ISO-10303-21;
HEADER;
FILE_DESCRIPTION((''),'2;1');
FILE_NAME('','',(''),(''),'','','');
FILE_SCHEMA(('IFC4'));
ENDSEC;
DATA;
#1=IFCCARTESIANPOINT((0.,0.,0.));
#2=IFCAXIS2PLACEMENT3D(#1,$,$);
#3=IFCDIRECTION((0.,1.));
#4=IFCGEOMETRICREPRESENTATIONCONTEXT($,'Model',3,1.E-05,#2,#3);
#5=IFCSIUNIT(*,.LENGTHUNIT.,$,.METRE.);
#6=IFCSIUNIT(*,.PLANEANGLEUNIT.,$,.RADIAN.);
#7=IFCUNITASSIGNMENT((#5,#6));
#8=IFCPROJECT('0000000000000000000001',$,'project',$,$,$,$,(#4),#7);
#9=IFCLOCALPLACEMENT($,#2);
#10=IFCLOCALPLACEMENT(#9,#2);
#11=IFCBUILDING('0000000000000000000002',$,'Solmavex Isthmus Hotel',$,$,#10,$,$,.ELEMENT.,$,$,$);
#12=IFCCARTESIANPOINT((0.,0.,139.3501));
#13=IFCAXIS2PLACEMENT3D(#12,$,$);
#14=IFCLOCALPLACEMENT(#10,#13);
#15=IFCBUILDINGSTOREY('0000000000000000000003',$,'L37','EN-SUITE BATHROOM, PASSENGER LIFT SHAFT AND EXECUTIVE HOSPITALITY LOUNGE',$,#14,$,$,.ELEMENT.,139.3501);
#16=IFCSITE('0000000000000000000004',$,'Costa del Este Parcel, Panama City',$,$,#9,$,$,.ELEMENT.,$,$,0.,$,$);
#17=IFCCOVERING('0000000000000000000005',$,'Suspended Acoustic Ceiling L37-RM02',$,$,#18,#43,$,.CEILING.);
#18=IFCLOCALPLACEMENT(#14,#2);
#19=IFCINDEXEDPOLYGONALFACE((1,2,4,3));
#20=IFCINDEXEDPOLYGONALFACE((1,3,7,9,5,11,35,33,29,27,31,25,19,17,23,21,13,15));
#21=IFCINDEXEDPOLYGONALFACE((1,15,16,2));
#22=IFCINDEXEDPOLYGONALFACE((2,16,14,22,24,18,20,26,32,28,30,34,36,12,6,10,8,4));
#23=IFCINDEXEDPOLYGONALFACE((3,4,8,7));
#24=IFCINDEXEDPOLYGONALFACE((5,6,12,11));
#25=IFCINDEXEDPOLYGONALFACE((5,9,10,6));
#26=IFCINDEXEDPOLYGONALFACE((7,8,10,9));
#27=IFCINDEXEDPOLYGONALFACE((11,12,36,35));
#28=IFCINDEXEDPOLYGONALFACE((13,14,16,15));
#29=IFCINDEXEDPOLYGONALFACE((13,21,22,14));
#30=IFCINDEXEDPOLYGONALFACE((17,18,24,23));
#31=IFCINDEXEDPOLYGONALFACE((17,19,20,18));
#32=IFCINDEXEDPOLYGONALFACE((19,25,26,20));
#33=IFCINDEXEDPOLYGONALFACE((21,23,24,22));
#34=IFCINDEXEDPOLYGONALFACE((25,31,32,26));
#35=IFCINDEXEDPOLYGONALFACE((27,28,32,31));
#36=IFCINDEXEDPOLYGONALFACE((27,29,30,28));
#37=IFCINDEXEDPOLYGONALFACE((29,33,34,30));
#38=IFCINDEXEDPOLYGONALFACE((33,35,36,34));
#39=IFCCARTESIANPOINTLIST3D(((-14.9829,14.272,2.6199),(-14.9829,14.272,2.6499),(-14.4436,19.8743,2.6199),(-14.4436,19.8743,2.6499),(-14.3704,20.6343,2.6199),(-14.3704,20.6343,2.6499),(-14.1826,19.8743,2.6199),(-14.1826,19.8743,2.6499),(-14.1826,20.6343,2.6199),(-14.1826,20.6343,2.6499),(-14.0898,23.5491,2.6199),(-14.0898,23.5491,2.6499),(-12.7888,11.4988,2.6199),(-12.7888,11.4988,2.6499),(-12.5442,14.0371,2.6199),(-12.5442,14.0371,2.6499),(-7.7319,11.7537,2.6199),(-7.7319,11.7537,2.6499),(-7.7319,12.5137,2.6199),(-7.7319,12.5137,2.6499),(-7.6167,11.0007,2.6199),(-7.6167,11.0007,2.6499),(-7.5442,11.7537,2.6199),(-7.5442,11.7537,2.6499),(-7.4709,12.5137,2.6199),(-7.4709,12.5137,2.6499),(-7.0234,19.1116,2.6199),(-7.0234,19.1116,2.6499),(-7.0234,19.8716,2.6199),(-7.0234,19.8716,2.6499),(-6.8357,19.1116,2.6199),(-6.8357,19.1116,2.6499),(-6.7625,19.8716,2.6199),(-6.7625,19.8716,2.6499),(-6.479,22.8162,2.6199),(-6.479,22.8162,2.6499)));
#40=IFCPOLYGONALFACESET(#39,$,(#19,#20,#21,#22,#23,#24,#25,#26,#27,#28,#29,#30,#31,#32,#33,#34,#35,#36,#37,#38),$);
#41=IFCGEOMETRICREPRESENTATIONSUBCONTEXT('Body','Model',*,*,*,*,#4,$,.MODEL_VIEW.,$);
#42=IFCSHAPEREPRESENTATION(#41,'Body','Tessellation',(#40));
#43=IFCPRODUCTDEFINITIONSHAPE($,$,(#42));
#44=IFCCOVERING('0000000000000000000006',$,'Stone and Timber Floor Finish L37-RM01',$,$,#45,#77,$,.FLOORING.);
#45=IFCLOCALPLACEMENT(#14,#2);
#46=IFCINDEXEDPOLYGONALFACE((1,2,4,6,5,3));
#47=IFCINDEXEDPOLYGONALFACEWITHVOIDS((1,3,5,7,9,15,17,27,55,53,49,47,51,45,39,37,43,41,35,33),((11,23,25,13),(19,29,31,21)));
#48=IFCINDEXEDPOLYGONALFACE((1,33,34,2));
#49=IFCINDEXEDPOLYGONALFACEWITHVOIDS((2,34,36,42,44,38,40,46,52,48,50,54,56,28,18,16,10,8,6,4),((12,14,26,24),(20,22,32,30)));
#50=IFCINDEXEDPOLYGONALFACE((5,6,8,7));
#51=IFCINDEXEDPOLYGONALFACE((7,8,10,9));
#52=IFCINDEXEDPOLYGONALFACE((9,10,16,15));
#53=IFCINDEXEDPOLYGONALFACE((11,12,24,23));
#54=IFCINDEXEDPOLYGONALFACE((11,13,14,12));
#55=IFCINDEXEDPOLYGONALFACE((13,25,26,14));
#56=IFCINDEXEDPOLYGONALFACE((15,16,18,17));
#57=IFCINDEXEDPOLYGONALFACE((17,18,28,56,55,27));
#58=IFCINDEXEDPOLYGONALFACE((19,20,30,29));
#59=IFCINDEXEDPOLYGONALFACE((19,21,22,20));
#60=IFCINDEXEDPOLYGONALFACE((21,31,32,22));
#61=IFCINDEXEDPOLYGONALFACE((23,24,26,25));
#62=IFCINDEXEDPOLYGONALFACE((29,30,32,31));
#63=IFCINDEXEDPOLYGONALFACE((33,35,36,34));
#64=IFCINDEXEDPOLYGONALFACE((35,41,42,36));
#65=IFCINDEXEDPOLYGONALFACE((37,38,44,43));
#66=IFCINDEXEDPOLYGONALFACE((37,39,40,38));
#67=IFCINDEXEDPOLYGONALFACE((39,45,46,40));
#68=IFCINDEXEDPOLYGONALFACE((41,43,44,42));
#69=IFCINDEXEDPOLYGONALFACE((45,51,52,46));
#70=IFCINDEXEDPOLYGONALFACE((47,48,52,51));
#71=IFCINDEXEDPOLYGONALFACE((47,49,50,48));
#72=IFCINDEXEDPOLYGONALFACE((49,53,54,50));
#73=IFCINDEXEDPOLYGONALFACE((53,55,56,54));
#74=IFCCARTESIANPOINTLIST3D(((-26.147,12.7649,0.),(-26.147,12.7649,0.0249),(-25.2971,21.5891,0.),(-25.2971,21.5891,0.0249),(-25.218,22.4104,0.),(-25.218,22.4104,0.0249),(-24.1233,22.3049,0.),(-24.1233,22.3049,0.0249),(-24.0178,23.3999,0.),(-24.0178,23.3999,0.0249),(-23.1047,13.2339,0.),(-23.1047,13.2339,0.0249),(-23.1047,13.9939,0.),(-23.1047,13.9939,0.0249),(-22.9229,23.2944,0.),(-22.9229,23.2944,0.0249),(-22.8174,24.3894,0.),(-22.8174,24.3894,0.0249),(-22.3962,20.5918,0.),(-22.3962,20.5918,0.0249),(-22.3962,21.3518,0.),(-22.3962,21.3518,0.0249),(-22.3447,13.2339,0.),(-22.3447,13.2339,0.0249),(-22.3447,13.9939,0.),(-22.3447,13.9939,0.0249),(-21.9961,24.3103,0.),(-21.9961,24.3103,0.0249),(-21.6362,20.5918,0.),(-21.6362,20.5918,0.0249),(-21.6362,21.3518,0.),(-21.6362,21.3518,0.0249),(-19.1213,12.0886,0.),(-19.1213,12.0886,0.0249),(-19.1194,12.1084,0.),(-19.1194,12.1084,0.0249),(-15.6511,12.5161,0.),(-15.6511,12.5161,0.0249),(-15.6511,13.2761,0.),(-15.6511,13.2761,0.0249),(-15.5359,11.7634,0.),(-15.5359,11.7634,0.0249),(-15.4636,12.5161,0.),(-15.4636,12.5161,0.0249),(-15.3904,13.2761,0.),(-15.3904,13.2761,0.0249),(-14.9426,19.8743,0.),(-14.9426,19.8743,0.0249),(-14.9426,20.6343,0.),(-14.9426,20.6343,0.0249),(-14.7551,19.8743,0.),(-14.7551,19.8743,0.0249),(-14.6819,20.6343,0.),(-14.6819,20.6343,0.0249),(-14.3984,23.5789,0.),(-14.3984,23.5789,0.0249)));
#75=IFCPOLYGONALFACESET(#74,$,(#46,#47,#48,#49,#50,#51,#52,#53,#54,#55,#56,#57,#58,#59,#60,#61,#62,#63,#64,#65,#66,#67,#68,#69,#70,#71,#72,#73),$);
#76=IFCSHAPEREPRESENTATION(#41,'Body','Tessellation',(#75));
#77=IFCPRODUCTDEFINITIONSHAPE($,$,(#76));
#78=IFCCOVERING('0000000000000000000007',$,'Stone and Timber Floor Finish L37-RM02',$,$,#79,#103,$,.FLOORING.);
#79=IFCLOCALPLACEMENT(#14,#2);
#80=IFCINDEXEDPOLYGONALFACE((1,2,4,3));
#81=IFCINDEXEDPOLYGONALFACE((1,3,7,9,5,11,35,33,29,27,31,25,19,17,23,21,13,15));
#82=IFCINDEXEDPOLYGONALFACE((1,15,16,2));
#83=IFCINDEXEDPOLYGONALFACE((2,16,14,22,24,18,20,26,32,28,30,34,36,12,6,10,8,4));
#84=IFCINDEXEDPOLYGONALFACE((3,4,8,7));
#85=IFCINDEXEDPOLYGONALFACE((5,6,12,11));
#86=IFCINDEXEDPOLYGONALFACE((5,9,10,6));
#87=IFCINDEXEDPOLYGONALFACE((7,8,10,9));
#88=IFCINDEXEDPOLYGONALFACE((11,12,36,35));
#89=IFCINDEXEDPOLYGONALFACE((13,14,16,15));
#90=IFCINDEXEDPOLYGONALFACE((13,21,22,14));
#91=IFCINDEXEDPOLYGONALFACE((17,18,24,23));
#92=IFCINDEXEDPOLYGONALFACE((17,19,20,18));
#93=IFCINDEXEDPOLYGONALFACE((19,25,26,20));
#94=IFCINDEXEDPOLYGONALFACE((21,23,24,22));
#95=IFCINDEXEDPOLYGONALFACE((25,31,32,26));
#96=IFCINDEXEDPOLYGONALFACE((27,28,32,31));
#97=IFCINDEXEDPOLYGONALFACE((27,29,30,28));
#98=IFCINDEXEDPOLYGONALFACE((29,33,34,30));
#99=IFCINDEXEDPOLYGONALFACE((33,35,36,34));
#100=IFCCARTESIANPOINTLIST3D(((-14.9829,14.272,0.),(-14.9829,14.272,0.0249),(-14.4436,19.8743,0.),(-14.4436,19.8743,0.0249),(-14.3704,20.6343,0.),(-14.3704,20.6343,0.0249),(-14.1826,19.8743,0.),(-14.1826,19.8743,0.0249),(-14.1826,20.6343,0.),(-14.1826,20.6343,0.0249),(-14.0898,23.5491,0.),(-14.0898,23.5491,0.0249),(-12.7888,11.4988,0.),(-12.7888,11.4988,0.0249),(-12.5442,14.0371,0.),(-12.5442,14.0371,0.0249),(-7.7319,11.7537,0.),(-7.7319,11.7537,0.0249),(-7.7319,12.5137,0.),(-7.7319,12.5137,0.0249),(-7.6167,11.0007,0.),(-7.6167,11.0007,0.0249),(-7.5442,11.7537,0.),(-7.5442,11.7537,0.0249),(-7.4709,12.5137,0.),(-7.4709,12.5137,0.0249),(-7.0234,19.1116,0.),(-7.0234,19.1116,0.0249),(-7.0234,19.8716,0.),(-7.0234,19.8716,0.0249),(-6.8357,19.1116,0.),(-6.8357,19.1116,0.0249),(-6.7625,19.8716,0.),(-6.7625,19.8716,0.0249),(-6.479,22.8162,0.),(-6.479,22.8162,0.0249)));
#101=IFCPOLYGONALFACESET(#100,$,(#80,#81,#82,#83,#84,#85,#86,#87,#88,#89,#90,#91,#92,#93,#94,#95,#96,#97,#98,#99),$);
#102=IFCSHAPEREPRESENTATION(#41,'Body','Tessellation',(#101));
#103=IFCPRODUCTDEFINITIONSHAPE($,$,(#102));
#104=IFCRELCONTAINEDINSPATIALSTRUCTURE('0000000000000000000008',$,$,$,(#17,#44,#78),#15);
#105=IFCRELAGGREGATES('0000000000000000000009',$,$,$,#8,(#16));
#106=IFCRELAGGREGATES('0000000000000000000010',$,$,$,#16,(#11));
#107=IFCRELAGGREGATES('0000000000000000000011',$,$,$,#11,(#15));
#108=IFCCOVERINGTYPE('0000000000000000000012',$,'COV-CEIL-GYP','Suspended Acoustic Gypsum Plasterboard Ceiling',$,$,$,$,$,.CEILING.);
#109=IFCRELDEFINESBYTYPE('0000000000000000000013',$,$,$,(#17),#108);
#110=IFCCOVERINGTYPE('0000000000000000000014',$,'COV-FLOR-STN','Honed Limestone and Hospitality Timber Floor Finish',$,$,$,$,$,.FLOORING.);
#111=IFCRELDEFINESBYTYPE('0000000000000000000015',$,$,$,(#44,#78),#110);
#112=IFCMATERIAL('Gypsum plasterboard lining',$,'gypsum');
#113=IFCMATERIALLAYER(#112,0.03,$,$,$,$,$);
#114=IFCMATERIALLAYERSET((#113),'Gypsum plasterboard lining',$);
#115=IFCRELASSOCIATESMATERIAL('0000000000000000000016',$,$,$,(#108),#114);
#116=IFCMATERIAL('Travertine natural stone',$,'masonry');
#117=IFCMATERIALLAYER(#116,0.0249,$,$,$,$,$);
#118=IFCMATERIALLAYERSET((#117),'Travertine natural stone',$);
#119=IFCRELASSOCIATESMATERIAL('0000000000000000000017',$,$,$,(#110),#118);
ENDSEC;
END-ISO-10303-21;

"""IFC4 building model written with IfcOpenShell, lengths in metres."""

from ifc_helpers import new_model, si_unit, direction, frame, origin, place, context, subcontext, project, spatial, polyline, outline, extrude, material, layer, layer_set, type_object, element, save


model = new_model("IFC4")

# Units and contexts
model_context = context("Model", 3, precision=1e-05, world=origin(), true_north=direction((0.0, 1.0)))
body_context = subcontext(model_context, "Body", "Model", "MODEL_VIEW")
ifc_project = project(units=[si_unit("LENGTHUNIT", "METRE"), si_unit("PLANEANGLEUNIT", "RADIAN")], contexts=[model_context])

# Site, building, storey
site_placement = place(None, origin())
site = spatial("IfcSite", under=ifc_project, at=site_placement, Name="Costa del Este Parcel, Panama City", CompositionType="ELEMENT", RefElevation=0.0)
building_placement = place(site_placement, origin())
building = spatial("IfcBuilding", under=site, at=building_placement, Name="Solmavex Isthmus Hotel", CompositionType="ELEMENT")
storey_placement = place(building_placement, frame((0.0, 0.0, 139.3501)))
storey = spatial("IfcBuildingStorey", under=building, at=storey_placement, Name="L37", Description="EN-SUITE BATHROOM, PASSENGER LIFT SHAFT AND EXECUTIVE HOSPITALITY LOUNGE", CompositionType="ELEMENT", Elevation=139.3501)

# Coverings
ifc_material_1 = material(Name="Gypsum plasterboard lining", Category="gypsum")
ifc_layer_1 = layer(ifc_material_1, 0.03)
ifc_layer_set_1 = layer_set([ifc_layer_1], Name="Gypsum plasterboard lining")
covering_type_1 = type_object("IfcCoveringType", Name="COV-CEIL-GYP", Description="Suspended Acoustic Gypsum Plasterboard Ceiling", PredefinedType="CEILING", material=ifc_layer_set_1)
covering_1_placement = place(storey_placement, frame((0.0, 0.0, 2.6199)))
element("IfcCovering", 1, at=covering_1_placement, inside=storey, type_object=covering_type_1, Name="Suspended Acoustic Ceiling L37-RM02", PredefinedType="CEILING", context=body_context, shape_type="SweptSolid", body=[
    extrude(outline(polyline([(-14.3704, 20.6343), (-14.1826, 20.6343), (-14.1826, 19.8743), (-14.4436, 19.8743), (-14.9829, 14.272), (-12.5442, 14.0371), (-12.7888, 11.4988), (-7.6167, 11.0007), (-7.5442, 11.7537), (-7.7319, 11.7537), (-7.7319, 12.5137), (-7.4709, 12.5137), (-6.8357, 19.1116), (-7.0234, 19.1116), (-7.0234, 19.8716), (-6.7625, 19.8716), (-6.479, 22.8162), (-14.0898, 23.5491), (-14.3704, 20.6343)])), origin(), (0.0, 0.0, 1.0), 0.03),
])
ifc_material_2 = material(Name="Travertine natural stone", Category="masonry")
ifc_layer_2 = layer(ifc_material_2, 0.0249)
ifc_layer_set_2 = layer_set([ifc_layer_2], Name="Travertine natural stone")
covering_type_2 = type_object("IfcCoveringType", Name="COV-FLOR-STN", Description="Honed Limestone and Hospitality Timber Floor Finish", PredefinedType="FLOORING", material=ifc_layer_set_2)
covering_2_placement = place(storey_placement, origin())
element("IfcCovering", 2, at=covering_2_placement, inside=storey, type_object=covering_type_2, Name="Stone and Timber Floor Finish L37-RM01", PredefinedType="FLOORING", context=body_context, shape_type="SweptSolid", body=[
    extrude(outline(polyline([(-19.1213, 12.0886), (-19.1194, 12.1084), (-15.5359, 11.7634), (-15.4636, 12.5161), (-15.6511, 12.5161), (-15.6511, 13.2761), (-15.3904, 13.2761), (-14.7551, 19.8743), (-14.9426, 19.8743), (-14.9426, 20.6343), (-14.6819, 20.6343), (-14.3984, 23.5789), (-21.9961, 24.3103), (-22.8174, 24.3894), (-22.9229, 23.2944), (-24.0178, 23.3999), (-24.1233, 22.3049), (-25.218, 22.4104), (-25.2971, 21.5891), (-26.147, 12.7649), (-19.1213, 12.0886)]), holes=[polyline([(-22.3962, 20.5918), (-22.3962, 21.3518), (-21.6362, 21.3518), (-21.6362, 20.5918), (-22.3962, 20.5918)]), polyline([(-23.1047, 13.2339), (-23.1047, 13.9939), (-22.3447, 13.9939), (-22.3447, 13.2339), (-23.1047, 13.2339)])]), origin(), (0.0, 0.0, 1.0), 0.0249),
])
covering_3_placement = place(storey_placement, origin())
element("IfcCovering", 3, at=covering_3_placement, inside=storey, type_object=covering_type_2, Name="Stone and Timber Floor Finish L37-RM02", PredefinedType="FLOORING", context=body_context, shape_type="SweptSolid", body=[
    extrude(outline(polyline([(-14.3704, 20.6343), (-14.1826, 20.6343), (-14.1826, 19.8743), (-14.4436, 19.8743), (-14.9829, 14.272), (-12.5442, 14.0371), (-12.7888, 11.4988), (-7.6167, 11.0007), (-7.5442, 11.7537), (-7.7319, 11.7537), (-7.7319, 12.5137), (-7.4709, 12.5137), (-6.8357, 19.1116), (-7.0234, 19.1116), (-7.0234, 19.8716), (-6.7625, 19.8716), (-6.479, 22.8162), (-14.0898, 23.5491), (-14.3704, 20.6343)])), origin(), (0.0, 0.0, 1.0), 0.0249),
])

save(model, "model.ifc")
